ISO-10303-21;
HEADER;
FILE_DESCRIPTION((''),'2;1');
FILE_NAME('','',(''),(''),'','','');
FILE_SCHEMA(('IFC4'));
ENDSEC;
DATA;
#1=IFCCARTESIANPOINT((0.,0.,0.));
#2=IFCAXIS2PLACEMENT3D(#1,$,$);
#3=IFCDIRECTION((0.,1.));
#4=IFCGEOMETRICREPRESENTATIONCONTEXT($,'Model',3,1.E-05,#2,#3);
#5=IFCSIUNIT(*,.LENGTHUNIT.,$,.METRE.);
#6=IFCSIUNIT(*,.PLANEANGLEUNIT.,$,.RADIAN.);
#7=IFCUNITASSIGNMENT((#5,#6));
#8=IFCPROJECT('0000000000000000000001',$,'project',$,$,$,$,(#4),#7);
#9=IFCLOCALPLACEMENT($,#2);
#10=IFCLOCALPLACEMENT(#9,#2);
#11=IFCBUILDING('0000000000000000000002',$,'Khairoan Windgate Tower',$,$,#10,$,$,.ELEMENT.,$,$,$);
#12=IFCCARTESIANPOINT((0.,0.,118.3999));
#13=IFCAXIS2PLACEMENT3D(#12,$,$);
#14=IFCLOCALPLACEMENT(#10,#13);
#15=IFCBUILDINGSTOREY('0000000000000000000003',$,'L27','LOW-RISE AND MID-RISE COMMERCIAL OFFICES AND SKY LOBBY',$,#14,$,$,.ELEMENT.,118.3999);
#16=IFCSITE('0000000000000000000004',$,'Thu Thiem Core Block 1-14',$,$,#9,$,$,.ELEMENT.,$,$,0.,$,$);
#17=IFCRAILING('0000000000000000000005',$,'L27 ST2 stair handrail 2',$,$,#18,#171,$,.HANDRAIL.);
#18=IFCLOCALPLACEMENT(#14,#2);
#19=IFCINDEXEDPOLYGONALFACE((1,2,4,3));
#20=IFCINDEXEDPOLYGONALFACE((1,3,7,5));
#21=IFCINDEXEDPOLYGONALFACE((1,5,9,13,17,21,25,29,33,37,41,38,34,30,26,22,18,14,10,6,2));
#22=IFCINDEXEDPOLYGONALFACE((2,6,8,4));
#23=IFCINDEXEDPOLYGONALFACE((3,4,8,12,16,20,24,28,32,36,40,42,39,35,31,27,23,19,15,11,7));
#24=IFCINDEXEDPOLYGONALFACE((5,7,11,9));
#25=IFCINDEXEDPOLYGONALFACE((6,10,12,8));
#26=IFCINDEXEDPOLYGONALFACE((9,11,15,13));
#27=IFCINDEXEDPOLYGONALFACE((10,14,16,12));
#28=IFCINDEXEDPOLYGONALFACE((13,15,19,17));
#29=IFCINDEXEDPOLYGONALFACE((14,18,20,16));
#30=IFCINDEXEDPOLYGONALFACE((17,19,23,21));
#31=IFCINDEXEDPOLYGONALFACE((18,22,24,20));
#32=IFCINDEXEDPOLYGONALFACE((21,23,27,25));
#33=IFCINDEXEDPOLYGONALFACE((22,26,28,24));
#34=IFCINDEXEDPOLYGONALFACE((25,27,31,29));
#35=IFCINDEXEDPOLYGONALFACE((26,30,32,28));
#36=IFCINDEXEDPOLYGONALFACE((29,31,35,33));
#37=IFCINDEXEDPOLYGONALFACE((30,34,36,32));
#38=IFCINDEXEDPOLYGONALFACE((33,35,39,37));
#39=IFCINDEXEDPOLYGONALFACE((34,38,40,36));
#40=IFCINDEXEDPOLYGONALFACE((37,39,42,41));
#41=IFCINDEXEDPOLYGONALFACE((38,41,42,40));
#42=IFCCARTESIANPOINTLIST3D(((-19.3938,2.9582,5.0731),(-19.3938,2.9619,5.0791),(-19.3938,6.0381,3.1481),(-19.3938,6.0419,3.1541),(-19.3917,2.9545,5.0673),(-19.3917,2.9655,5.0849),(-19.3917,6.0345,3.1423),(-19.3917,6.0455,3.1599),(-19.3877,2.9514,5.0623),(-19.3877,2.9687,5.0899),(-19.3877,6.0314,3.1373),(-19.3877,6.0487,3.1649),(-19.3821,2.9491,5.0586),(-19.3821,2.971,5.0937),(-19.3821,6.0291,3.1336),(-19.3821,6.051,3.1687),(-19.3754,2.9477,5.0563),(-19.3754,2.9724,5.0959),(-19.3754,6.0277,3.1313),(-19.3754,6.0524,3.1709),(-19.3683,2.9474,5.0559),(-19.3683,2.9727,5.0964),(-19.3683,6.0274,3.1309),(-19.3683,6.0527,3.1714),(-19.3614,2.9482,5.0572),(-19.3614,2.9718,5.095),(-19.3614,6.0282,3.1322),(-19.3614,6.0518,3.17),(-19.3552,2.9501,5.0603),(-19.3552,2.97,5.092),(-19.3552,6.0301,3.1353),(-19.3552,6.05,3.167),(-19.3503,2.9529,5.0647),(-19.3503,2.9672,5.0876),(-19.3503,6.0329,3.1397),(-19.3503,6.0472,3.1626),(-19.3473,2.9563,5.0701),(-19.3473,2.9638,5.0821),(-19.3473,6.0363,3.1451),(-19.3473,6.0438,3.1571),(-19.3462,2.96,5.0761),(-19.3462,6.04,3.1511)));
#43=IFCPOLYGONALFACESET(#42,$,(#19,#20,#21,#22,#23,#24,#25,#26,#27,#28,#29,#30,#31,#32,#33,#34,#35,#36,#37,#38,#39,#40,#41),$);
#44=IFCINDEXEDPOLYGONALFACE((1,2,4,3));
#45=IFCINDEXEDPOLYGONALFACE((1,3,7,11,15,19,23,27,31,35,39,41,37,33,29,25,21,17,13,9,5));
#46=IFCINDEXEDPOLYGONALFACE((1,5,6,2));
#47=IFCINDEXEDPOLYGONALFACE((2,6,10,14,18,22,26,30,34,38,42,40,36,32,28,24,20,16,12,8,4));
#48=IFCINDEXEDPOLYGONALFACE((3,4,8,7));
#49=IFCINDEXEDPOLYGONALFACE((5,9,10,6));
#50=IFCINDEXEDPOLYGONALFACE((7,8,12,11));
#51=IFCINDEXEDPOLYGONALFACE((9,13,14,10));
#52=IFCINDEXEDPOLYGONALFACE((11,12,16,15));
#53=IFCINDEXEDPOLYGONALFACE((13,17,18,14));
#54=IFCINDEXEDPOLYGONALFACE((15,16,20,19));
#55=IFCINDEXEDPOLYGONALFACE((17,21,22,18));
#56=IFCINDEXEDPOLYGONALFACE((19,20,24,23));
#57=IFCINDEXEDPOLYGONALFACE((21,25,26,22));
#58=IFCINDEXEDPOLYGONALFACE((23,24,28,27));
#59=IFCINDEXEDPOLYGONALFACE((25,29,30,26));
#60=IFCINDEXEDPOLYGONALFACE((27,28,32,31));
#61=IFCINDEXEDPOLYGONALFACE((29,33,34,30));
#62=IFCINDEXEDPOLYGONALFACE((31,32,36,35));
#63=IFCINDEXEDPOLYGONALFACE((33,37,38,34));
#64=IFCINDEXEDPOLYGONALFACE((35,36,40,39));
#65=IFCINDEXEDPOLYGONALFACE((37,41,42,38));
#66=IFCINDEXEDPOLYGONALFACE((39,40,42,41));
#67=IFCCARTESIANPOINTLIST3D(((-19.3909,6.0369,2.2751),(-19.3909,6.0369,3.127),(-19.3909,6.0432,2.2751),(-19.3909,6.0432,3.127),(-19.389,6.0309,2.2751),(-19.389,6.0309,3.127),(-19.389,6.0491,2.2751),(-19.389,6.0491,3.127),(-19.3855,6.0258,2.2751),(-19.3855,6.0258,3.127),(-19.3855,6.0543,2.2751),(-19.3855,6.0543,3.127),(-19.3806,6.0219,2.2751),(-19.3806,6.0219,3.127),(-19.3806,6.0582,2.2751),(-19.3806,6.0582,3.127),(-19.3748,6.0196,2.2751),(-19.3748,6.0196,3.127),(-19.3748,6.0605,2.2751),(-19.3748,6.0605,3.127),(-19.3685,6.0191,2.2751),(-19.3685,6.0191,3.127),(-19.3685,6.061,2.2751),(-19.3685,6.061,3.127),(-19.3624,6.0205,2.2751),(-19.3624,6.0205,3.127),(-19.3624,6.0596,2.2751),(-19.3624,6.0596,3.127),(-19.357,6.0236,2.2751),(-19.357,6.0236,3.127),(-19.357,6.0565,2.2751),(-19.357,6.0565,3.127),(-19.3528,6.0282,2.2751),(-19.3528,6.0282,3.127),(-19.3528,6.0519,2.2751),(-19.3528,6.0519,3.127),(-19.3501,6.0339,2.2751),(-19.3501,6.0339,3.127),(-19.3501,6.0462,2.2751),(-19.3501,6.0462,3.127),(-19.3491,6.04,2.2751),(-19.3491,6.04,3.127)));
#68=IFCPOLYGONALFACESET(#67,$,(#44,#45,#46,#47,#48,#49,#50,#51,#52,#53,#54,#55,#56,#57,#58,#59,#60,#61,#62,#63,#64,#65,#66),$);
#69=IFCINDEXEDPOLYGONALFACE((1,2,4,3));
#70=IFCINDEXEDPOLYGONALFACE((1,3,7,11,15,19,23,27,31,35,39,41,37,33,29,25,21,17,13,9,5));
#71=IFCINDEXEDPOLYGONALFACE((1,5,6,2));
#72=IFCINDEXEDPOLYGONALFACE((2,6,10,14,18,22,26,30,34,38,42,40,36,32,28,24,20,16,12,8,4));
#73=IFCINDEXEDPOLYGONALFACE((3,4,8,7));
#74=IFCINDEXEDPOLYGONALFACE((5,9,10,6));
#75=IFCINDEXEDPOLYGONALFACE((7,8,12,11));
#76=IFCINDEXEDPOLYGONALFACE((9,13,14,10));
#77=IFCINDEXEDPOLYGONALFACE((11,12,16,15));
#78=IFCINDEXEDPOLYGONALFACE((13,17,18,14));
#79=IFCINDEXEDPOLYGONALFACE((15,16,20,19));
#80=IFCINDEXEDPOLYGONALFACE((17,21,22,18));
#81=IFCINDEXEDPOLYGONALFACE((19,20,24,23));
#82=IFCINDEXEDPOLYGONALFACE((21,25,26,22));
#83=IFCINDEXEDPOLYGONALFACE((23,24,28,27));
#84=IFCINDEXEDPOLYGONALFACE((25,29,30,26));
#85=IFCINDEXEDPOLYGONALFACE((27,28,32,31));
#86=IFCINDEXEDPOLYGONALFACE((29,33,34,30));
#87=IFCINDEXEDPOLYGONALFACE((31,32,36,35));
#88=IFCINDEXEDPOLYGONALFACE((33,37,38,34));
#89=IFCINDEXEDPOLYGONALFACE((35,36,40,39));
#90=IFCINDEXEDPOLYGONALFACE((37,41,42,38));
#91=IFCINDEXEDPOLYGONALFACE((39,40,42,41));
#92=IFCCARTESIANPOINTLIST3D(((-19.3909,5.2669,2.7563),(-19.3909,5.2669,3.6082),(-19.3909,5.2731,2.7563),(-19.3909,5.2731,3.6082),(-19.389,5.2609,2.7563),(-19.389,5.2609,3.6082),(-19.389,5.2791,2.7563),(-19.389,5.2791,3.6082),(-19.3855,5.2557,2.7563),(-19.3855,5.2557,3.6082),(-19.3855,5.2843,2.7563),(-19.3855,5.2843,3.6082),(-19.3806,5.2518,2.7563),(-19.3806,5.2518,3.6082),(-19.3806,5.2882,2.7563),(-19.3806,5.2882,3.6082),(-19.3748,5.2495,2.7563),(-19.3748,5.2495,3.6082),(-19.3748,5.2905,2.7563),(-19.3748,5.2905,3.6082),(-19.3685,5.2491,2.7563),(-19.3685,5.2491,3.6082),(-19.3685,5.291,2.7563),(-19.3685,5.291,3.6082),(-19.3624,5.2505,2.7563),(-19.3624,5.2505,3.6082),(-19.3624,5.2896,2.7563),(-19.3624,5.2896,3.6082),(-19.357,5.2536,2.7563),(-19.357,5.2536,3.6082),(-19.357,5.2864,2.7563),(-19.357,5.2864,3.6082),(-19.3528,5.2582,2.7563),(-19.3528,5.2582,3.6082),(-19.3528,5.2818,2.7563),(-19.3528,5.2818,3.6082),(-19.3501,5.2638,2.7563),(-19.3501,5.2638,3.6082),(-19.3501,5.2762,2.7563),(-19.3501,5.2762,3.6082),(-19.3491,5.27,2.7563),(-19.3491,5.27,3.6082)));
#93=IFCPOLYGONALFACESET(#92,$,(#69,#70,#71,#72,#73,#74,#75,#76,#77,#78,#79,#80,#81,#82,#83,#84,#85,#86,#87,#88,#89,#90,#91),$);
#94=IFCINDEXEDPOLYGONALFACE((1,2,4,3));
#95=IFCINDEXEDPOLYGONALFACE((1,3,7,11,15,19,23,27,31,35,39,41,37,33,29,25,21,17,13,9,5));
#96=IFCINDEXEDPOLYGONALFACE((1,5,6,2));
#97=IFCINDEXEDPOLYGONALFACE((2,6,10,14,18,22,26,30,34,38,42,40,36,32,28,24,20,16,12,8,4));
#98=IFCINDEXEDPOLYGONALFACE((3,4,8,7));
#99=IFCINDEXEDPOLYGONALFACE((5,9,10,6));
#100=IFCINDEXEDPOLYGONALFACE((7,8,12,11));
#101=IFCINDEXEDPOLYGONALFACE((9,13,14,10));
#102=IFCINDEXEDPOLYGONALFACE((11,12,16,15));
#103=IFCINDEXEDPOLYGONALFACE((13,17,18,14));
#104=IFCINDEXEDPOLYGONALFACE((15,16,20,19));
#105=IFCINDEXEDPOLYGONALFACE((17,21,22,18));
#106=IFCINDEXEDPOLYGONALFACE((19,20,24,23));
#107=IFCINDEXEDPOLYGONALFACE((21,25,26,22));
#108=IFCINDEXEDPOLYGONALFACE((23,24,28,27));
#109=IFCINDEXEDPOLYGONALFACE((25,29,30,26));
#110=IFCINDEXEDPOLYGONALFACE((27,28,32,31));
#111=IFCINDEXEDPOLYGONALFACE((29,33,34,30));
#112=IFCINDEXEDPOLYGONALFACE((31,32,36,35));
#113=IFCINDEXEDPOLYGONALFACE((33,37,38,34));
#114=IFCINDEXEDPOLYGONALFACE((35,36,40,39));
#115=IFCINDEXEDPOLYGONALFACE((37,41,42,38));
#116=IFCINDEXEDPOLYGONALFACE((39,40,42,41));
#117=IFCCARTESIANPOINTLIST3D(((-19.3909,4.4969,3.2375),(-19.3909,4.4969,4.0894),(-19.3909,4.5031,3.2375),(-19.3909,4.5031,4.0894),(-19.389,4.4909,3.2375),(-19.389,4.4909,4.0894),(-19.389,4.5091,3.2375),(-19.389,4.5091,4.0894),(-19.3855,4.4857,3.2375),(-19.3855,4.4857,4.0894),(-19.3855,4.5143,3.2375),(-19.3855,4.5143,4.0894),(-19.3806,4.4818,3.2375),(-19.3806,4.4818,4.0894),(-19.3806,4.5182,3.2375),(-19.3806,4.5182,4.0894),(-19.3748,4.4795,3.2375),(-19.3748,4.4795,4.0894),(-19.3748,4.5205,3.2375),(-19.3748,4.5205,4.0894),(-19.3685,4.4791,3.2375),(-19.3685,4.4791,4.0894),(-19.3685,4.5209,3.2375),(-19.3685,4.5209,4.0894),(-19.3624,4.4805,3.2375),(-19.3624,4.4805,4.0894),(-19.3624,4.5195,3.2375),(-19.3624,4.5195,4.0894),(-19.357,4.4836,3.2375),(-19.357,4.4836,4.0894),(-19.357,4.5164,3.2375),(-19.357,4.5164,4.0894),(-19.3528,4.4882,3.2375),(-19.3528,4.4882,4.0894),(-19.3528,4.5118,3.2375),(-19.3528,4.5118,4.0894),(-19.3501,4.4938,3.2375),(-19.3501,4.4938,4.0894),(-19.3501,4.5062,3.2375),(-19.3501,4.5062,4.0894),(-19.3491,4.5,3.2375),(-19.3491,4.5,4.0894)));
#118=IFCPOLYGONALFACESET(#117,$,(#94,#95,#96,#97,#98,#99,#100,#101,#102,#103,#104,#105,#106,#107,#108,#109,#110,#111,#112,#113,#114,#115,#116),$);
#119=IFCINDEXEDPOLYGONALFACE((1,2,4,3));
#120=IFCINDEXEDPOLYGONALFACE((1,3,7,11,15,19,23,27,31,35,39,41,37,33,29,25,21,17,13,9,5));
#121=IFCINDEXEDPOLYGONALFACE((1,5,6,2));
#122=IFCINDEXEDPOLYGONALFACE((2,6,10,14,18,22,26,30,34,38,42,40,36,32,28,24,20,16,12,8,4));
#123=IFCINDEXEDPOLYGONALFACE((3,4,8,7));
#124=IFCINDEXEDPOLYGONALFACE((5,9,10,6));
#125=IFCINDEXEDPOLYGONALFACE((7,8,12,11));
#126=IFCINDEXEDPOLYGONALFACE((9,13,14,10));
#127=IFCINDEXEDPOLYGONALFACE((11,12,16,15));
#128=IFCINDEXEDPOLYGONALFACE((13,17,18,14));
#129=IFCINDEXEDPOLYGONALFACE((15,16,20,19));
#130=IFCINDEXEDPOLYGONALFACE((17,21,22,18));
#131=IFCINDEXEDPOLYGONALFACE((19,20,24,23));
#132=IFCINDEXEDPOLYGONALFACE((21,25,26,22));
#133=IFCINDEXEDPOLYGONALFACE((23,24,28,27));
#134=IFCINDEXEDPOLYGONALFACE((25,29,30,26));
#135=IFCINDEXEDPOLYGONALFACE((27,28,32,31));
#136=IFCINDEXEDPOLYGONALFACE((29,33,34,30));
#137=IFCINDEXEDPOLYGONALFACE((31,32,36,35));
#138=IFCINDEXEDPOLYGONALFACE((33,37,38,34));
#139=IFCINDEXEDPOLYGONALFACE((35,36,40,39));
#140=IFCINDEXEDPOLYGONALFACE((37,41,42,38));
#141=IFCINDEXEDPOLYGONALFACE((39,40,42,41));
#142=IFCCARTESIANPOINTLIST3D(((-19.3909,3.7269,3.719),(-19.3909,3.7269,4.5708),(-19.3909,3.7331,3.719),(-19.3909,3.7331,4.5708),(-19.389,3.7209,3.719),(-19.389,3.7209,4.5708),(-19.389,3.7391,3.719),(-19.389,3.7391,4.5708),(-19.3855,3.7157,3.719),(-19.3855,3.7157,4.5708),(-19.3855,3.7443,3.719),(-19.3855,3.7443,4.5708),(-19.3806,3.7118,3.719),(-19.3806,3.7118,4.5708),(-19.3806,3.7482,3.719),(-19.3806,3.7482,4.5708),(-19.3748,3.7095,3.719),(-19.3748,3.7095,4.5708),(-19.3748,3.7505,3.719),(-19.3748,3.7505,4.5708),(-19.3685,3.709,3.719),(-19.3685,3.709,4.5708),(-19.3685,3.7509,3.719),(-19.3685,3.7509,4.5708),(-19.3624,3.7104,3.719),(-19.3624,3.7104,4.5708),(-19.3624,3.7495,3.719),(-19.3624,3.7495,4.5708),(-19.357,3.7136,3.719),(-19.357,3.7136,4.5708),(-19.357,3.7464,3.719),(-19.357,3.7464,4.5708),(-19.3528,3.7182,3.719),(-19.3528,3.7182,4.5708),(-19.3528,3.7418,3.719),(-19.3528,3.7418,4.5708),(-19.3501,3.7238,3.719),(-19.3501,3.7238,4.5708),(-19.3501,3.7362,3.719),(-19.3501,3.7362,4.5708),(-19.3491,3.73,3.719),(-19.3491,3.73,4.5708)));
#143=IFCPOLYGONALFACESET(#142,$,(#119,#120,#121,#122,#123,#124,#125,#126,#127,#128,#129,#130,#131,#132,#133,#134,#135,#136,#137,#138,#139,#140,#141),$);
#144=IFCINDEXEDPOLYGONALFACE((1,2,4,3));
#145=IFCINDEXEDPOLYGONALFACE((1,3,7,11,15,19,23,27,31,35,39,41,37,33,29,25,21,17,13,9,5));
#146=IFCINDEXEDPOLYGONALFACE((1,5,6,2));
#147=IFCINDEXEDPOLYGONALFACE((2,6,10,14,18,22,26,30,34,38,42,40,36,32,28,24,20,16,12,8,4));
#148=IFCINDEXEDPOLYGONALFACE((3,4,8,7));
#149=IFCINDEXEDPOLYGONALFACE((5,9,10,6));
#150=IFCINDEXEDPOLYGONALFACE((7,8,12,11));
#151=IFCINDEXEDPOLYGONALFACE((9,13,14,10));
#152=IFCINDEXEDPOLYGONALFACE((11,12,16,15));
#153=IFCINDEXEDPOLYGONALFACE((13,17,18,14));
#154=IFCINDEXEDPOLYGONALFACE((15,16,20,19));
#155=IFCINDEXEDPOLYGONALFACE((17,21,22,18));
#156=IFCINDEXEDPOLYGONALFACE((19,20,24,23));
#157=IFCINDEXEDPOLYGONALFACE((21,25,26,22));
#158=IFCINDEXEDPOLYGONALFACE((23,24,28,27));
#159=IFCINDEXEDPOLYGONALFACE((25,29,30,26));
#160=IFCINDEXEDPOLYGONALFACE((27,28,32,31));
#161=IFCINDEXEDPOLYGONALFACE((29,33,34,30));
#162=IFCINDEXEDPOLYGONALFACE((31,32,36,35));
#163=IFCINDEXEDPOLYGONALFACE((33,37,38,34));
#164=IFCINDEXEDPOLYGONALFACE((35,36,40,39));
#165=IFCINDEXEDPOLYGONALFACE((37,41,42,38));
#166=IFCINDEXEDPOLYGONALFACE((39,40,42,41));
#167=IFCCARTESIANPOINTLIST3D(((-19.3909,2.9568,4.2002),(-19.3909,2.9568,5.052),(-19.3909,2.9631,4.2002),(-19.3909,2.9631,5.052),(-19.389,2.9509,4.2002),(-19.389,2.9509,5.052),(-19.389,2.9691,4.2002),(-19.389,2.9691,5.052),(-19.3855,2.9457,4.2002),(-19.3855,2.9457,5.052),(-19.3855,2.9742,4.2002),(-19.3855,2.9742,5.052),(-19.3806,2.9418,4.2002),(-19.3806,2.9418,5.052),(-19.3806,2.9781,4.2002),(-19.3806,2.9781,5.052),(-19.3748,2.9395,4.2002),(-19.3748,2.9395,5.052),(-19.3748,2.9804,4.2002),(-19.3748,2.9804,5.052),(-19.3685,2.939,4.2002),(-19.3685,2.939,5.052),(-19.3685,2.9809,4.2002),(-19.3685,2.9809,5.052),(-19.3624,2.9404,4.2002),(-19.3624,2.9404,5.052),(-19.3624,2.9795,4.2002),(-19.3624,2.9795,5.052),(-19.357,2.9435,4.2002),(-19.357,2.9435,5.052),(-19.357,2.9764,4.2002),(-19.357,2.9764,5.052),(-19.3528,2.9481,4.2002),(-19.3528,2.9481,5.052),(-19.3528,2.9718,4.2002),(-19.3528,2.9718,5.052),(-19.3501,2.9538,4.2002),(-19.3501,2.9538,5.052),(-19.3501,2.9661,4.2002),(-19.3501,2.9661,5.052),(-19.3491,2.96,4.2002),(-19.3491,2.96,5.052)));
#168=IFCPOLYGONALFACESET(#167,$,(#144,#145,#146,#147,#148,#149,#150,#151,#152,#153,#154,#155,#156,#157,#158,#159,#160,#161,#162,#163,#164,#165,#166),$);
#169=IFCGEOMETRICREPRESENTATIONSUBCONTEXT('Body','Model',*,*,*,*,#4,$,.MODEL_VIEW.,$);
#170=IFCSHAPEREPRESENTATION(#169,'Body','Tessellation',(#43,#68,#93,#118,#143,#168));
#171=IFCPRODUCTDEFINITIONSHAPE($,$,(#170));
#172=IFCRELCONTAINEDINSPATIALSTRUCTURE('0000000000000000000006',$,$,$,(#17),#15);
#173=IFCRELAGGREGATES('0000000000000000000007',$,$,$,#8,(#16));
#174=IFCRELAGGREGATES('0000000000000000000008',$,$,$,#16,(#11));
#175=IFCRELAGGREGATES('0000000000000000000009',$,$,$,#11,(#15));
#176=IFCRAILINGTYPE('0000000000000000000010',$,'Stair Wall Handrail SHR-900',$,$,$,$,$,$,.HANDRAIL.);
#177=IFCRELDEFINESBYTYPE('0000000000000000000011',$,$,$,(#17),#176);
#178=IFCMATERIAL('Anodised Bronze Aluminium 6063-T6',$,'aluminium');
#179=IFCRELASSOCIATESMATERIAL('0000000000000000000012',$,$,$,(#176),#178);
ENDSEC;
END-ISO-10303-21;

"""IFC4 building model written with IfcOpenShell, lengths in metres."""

from ifc_helpers import new_model, si_unit, direction, frame, origin, origin_2d, place, context, subcontext, project, spatial, circle, extrude, material, type_object, element, save


model = new_model("IFC4")

# Units and contexts
model_context = context("Model", 3, precision=1e-05, world=origin(), true_north=direction((0.0, 1.0)))
body_context = subcontext(model_context, "Body", "Model", "MODEL_VIEW")
ifc_project = project(units=[si_unit("LENGTHUNIT", "METRE"), si_unit("PLANEANGLEUNIT", "RADIAN")], contexts=[model_context])

# Site, building, storey
site_placement = place(None, origin())
site = spatial("IfcSite", under=ifc_project, at=site_placement, Name="Thu Thiem Core Block 1-14", CompositionType="ELEMENT", RefElevation=0.0)
building_placement = place(site_placement, origin())
building = spatial("IfcBuilding", under=site, at=building_placement, Name="Khairoan Windgate Tower", CompositionType="ELEMENT")
storey_placement = place(building_placement, frame((0.0, 0.0, 118.3999)))
storey = spatial("IfcBuildingStorey", under=building, at=storey_placement, Name="L27", Description="LOW-RISE AND MID-RISE COMMERCIAL OFFICES AND SKY LOBBY", CompositionType="ELEMENT", Elevation=118.3999)

# Railing
ifc_material_1 = material(Name="Anodised Bronze Aluminium 6063-T6", Category="aluminium")
railing_type_1 = type_object("IfcRailingType", Name="Stair Wall Handrail SHR-900", PredefinedType="HANDRAIL", material=ifc_material_1)
railing_1_placement = place(storey_placement, frame((-19.3701, 6.04, 2.2751)))
element("IfcRailing", 1, at=railing_1_placement, inside=storey, type_object=railing_type_1, Name="L27 ST2 stair handrail 2", PredefinedType="HANDRAIL", context=body_context, shape_type="SweptSolid", body=[
    extrude(circle(Radius=0.0239, at=origin_2d()), frame((0.0, 0.0, 0.876), z_axis=(0.0, -0.847998, 0.529999), x_axis=(1.0, 0.0, 0.0)), (0.0, 0.0, 1.0), 3.6321),
    extrude(circle(Radius=0.021, at=origin_2d()), origin(), (0.0, 0.0, 1.0), 0.8518),
    extrude(circle(Radius=0.021, at=origin_2d()), frame((0.0, -0.77, 0.4812)), (0.0, 0.0, 1.0), 0.8518),
    extrude(circle(Radius=0.021, at=origin_2d()), frame((0.0, -1.54, 0.9624)), (0.0, 0.0, 1.0), 0.8518),
    extrude(circle(Radius=0.021, at=origin_2d()), frame((0.0, -2.3101, 1.4438)), (0.0, 0.0, 1.0), 0.8518),
    extrude(circle(Radius=0.021, at=origin_2d()), frame((0.0, -3.0801, 1.925)), (0.0, 0.0, 1.0), 0.8518),
])

save(model, "model.ifc")
